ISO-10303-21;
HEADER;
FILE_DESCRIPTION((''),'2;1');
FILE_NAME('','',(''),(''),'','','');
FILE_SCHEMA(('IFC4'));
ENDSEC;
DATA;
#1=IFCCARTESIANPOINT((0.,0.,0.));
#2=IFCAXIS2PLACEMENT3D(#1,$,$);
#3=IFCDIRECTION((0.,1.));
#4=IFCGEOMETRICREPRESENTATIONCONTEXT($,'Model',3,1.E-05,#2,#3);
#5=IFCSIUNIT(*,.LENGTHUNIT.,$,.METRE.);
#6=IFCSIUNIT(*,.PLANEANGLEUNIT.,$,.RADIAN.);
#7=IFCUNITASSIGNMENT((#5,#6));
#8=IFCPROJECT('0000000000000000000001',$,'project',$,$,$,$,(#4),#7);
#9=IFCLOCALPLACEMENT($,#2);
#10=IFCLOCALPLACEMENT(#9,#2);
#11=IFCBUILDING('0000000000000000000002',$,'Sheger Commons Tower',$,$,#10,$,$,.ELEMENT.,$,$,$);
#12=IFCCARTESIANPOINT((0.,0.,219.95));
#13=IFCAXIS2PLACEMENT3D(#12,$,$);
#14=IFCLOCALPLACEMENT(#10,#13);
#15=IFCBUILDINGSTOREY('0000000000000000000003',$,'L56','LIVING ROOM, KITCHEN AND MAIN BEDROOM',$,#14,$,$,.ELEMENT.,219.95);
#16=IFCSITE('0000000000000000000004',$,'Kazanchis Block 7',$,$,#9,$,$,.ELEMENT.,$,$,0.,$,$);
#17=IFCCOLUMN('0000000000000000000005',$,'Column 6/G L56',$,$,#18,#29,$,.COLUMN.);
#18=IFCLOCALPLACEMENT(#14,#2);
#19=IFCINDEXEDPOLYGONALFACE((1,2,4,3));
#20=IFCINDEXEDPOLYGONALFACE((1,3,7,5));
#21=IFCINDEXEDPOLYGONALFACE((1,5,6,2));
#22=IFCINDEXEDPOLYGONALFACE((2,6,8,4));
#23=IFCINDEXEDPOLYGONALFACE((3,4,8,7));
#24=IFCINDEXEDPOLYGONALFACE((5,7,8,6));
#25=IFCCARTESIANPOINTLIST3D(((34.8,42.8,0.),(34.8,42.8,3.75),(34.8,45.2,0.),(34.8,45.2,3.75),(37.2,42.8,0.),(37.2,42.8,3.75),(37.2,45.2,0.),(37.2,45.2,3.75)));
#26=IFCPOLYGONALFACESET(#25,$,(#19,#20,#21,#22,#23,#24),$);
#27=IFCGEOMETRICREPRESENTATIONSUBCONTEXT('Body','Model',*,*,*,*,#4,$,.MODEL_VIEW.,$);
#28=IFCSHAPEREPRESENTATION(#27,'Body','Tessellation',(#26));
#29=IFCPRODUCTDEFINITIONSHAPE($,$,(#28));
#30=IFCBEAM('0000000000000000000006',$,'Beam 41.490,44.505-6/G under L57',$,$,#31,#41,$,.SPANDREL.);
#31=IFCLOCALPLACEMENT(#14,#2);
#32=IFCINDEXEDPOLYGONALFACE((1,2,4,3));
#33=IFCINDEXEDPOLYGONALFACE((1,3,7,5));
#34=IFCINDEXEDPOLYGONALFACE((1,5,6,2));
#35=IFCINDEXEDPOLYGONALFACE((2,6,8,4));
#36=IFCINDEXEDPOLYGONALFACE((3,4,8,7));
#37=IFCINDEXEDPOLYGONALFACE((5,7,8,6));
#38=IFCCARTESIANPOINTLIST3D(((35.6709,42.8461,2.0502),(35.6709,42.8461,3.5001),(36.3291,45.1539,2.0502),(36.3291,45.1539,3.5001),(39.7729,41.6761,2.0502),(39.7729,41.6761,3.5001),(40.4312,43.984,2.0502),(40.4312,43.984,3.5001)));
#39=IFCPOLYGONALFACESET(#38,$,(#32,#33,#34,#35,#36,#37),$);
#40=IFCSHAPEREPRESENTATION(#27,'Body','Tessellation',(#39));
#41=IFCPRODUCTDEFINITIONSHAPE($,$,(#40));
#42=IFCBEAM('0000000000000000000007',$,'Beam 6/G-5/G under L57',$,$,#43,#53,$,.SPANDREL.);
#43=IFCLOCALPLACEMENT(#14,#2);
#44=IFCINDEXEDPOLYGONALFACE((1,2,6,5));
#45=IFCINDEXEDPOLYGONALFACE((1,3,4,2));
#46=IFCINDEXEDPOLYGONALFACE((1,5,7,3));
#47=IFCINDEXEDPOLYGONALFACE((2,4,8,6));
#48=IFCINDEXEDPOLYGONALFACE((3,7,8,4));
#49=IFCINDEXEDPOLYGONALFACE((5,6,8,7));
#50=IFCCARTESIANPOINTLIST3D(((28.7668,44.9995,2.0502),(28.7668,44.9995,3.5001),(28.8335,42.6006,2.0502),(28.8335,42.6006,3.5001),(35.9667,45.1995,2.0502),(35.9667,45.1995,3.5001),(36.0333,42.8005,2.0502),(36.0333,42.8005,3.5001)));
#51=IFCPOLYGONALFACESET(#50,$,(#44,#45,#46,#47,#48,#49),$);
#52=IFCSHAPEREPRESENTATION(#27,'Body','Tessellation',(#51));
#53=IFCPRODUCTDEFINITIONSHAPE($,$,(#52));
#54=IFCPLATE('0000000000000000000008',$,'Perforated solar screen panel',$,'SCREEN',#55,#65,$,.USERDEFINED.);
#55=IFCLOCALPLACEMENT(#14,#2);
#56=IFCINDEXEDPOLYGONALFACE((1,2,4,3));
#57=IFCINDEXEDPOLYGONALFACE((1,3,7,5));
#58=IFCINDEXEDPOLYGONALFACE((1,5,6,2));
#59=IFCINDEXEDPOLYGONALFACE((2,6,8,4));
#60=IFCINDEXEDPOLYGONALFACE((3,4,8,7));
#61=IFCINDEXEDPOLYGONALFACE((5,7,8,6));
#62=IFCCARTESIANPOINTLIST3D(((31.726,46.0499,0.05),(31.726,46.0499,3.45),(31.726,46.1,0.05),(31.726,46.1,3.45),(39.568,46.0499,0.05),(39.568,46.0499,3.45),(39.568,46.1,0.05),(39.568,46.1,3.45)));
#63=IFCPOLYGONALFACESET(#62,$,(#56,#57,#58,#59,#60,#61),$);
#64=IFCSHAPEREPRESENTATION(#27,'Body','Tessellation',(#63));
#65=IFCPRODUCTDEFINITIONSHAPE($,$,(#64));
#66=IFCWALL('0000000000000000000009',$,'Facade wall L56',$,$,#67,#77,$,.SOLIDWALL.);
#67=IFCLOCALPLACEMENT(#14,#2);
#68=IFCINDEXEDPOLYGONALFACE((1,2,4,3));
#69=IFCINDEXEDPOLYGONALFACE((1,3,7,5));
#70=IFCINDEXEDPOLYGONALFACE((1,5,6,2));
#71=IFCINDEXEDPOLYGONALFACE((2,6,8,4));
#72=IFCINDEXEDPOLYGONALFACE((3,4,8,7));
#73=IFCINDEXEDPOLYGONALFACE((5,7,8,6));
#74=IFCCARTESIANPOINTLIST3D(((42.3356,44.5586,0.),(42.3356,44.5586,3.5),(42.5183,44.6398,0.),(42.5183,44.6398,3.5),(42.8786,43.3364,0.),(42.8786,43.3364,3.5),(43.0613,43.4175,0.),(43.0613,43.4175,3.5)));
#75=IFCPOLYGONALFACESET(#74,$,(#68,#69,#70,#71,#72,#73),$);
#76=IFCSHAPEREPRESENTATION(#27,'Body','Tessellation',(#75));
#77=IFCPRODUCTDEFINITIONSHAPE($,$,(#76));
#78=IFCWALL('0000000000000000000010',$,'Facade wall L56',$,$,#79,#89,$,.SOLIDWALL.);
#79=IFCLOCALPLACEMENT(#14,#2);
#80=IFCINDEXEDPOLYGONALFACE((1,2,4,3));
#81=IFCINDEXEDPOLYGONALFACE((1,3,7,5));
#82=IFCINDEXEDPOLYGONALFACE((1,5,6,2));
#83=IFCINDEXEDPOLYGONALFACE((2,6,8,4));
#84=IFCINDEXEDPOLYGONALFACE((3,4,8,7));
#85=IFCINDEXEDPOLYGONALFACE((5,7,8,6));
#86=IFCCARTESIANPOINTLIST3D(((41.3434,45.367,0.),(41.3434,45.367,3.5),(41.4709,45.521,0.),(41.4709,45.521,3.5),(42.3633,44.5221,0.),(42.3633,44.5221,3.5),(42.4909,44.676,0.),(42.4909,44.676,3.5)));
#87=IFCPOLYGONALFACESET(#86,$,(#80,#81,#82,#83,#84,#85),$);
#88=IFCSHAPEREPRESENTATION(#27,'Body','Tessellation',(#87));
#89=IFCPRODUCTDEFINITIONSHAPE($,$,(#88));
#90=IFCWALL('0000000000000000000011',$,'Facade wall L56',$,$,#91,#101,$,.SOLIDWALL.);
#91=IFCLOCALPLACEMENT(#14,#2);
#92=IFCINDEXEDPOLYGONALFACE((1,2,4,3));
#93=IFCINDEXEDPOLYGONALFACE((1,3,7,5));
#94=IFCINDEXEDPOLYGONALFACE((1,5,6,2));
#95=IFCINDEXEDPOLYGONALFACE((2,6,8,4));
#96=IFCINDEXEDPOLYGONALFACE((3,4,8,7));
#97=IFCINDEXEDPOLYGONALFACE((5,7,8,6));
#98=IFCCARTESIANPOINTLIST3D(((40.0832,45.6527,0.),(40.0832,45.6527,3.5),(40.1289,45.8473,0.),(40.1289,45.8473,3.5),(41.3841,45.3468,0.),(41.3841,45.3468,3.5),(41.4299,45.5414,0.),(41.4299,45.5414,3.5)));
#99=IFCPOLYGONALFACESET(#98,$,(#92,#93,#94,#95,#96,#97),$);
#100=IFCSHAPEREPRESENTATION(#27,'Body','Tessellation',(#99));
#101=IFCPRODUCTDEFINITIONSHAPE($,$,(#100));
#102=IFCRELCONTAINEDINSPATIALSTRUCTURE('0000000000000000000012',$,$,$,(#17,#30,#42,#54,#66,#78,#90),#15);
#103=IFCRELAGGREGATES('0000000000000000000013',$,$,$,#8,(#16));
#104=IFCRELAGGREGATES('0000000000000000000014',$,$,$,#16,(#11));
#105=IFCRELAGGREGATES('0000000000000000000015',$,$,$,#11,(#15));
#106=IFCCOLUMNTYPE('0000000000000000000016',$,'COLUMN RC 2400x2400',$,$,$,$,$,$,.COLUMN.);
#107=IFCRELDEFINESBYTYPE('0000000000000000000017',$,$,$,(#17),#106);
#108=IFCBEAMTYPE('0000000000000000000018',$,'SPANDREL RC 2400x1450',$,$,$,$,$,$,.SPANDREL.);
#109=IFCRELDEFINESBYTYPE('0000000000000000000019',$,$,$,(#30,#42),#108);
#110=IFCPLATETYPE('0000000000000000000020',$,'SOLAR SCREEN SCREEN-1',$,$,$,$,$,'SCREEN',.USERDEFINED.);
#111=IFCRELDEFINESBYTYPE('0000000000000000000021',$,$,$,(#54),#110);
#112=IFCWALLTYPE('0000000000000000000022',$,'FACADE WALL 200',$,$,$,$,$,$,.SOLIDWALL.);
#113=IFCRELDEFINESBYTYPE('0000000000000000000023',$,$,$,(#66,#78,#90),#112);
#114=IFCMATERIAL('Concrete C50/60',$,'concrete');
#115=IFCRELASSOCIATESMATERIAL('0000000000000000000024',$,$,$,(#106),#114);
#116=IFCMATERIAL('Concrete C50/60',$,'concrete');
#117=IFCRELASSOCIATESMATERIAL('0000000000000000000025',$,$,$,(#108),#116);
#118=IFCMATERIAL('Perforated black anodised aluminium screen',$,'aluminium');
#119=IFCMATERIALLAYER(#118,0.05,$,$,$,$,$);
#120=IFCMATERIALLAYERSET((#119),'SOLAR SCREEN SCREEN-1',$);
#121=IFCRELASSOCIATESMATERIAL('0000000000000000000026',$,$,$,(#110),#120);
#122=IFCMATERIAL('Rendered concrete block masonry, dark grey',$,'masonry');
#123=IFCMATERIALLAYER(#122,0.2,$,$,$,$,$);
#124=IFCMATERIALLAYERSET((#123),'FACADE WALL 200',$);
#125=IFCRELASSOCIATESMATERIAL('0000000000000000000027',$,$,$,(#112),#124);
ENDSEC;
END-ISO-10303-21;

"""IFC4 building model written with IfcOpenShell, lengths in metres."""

from ifc_helpers import new_model, si_unit, direction, frame, frame_2d, origin, origin_2d, place, context, subcontext, project, spatial, rectangle, extrude, material, layer, layer_set, material_profile, profile_set, type_object, element, save


model = new_model("IFC4")

# Units and contexts
model_context = context("Model", 3, precision=1e-05, world=origin(), true_north=direction((0.0, 1.0)))
body_context = subcontext(model_context, "Body", "Model", "MODEL_VIEW")
ifc_project = project(units=[si_unit("LENGTHUNIT", "METRE"), si_unit("PLANEANGLEUNIT", "RADIAN")], contexts=[model_context])

# Site, building, storey
site_placement = place(None, origin())
site = spatial("IfcSite", under=ifc_project, at=site_placement, Name="Kazanchis Block 7", CompositionType="ELEMENT", RefElevation=0.0)
building_placement = place(site_placement, origin())
building = spatial("IfcBuilding", under=site, at=building_placement, Name="Sheger Commons Tower", CompositionType="ELEMENT")
storey_placement = place(building_placement, frame((0.0, 0.0, 219.95)))
storey = spatial("IfcBuildingStorey", under=building, at=storey_placement, Name="L56", Description="LIVING ROOM, KITCHEN AND MAIN BEDROOM", CompositionType="ELEMENT", Elevation=219.95)

# Column
ifc_material_1 = material(Name="Concrete C50/60", Category="concrete")
ifc_material_profile_1 = material_profile(ifc_material_1, rectangle(XDim=2.3999, YDim=2.3999, at=origin_2d()), Name="RC 2400x2400")
ifc_profile_set_1 = profile_set([ifc_material_profile_1], Name="Concrete C50/60")
column_type = type_object("IfcColumnType", Name="COLUMN RC 2400x2400", PredefinedType="COLUMN", material=ifc_profile_set_1)
column_placement = place(storey_placement, frame((36.0, 44.0, 0.0), z_axis=(0.0, 0.0, 1.0), x_axis=(1.0, 0.0, 0.0)))
element("IfcColumn", 1, at=column_placement, inside=storey, type_object=column_type, Name="Column 6/G L56", PredefinedType="COLUMN", context=body_context, shape_type="SweptSolid", body=[
    extrude(rectangle(XDim=2.3999, YDim=2.3999, at=origin_2d()), origin(), (0.0, 0.0, 1.0), 3.75),
])

# Beams
ifc_material_2 = material(Name="Concrete C50/60", Category="concrete")
ifc_material_profile_2 = material_profile(ifc_material_2, rectangle(XDim=2.3999, YDim=1.45, at=origin_2d()), Name="RC 2400x1450")
ifc_profile_set_2 = profile_set([ifc_material_profile_2], Name="Concrete C50/60")
beam_type = type_object("IfcBeamType", Name="SPANDREL RC 2400x1450", PredefinedType="SPANDREL", material=ifc_profile_set_2)
beam_1_placement = place(storey_placement, frame((40.1021, 42.8301, 2.7751), z_axis=(-0.961653, 0.274268, 0.0), x_axis=(-0.274268, -0.961653, 0.0)))
element("IfcBeam", 2, at=beam_1_placement, inside=storey, type_object=beam_type, Name="Beam 41.490,44.505-6/G under L57", PredefinedType="SPANDREL", context=body_context, shape_type="SweptSolid", body=[
    extrude(rectangle(XDim=2.3999, YDim=1.45, at=origin_2d()), origin(), (0.0, 0.0, 1.0), 4.2656),
])
beam_2_placement = place(storey_placement, frame((36.0, 44.0, 2.7751), z_axis=(-0.999615, -0.02776, 0.0), x_axis=(0.02776, -0.999615, 0.0)))
element("IfcBeam", 3, at=beam_2_placement, inside=storey, type_object=beam_type, Name="Beam 6/G-5/G under L57", PredefinedType="SPANDREL", context=body_context, shape_type="SweptSolid", body=[
    extrude(rectangle(XDim=2.3999, YDim=1.45, at=origin_2d()), origin(), (0.0, 0.0, 1.0), 7.2026),
])

# Plate
ifc_material_3 = material(Name="Perforated black anodised aluminium screen", Category="aluminium")
ifc_layer_1 = layer(ifc_material_3, 0.05)
ifc_layer_set_1 = layer_set([ifc_layer_1], Name="SOLAR SCREEN SCREEN-1")
plate_type = type_object("IfcPlateType", Name="SOLAR SCREEN SCREEN-1", ElementType="SCREEN", PredefinedType="USERDEFINED", material=ifc_layer_set_1)
plate_placement = place(storey_placement, frame((35.647, 46.075, 0.05), z_axis=(0.0, 0.0, 1.0), x_axis=(-1.0, 0.0, 0.0)))
element("IfcPlate", 4, at=plate_placement, inside=storey, type_object=plate_type, Name="Perforated solar screen panel", ObjectType="SCREEN", PredefinedType="USERDEFINED", context=body_context, shape_type="SweptSolid", body=[
    extrude(rectangle(XDim=7.842, YDim=0.05, at=origin_2d()), origin(), (0.0, 0.0, 1.0), 3.3999),
])

# Walls
ifc_material_4 = material(Name="Rendered concrete block masonry, dark grey", Category="masonry")
ifc_layer_2 = layer(ifc_material_4, 0.2)
ifc_layer_set_2 = layer_set([ifc_layer_2], Name="FACADE WALL 200")
wall_type_1 = type_object("IfcWallType", Name="FACADE WALL 200", PredefinedType="SOLIDWALL", material=ifc_layer_set_2)
wall_1_placement = place(storey_placement, frame((42.97, 43.377, 0.0), z_axis=(0.0, 0.0, 1.0), x_axis=(-0.406003, 0.913872, 0.0)))
element("IfcWall", 5, at=wall_1_placement, inside=storey, type_object=wall_type_1, Name="Facade wall L56", PredefinedType="SOLIDWALL", context=body_context, shape_type="SweptSolid", body=[
    extrude(rectangle(XDim=1.3374, YDim=0.2, at=frame_2d((0.6687, 0.0))), origin(), (0.0, 0.0, 1.0), 3.5),
])
wall_2_placement = place(storey_placement, frame((42.427, 44.5991, 0.0), z_axis=(0.0, 0.0, 1.0), x_axis=(-0.770091, 0.637934, 0.0)))
element("IfcWall", 6, at=wall_2_placement, inside=storey, type_object=wall_type_1, Name="Facade wall L56", PredefinedType="SOLIDWALL", context=body_context, shape_type="SweptSolid", body=[
    extrude(rectangle(XDim=1.3245, YDim=0.2, at=frame_2d((0.6621, 0.0))), origin(), (0.0, 0.0, 1.0), 3.5),
])
wall_3_placement = place(storey_placement, frame((41.407, 45.4441, 0.0), z_axis=(0.0, 0.0, 1.0), x_axis=(-0.973453, 0.228887, 0.0)))
element("IfcWall", 7, at=wall_3_placement, inside=storey, type_object=wall_type_1, Name="Facade wall L56", PredefinedType="SOLIDWALL", context=body_context, shape_type="SweptSolid", body=[
    extrude(rectangle(XDim=1.3364, YDim=0.2, at=frame_2d((0.6682, 0.0))), origin(), (0.0, 0.0, 1.0), 3.5),
])

save(model, "model.ifc")
